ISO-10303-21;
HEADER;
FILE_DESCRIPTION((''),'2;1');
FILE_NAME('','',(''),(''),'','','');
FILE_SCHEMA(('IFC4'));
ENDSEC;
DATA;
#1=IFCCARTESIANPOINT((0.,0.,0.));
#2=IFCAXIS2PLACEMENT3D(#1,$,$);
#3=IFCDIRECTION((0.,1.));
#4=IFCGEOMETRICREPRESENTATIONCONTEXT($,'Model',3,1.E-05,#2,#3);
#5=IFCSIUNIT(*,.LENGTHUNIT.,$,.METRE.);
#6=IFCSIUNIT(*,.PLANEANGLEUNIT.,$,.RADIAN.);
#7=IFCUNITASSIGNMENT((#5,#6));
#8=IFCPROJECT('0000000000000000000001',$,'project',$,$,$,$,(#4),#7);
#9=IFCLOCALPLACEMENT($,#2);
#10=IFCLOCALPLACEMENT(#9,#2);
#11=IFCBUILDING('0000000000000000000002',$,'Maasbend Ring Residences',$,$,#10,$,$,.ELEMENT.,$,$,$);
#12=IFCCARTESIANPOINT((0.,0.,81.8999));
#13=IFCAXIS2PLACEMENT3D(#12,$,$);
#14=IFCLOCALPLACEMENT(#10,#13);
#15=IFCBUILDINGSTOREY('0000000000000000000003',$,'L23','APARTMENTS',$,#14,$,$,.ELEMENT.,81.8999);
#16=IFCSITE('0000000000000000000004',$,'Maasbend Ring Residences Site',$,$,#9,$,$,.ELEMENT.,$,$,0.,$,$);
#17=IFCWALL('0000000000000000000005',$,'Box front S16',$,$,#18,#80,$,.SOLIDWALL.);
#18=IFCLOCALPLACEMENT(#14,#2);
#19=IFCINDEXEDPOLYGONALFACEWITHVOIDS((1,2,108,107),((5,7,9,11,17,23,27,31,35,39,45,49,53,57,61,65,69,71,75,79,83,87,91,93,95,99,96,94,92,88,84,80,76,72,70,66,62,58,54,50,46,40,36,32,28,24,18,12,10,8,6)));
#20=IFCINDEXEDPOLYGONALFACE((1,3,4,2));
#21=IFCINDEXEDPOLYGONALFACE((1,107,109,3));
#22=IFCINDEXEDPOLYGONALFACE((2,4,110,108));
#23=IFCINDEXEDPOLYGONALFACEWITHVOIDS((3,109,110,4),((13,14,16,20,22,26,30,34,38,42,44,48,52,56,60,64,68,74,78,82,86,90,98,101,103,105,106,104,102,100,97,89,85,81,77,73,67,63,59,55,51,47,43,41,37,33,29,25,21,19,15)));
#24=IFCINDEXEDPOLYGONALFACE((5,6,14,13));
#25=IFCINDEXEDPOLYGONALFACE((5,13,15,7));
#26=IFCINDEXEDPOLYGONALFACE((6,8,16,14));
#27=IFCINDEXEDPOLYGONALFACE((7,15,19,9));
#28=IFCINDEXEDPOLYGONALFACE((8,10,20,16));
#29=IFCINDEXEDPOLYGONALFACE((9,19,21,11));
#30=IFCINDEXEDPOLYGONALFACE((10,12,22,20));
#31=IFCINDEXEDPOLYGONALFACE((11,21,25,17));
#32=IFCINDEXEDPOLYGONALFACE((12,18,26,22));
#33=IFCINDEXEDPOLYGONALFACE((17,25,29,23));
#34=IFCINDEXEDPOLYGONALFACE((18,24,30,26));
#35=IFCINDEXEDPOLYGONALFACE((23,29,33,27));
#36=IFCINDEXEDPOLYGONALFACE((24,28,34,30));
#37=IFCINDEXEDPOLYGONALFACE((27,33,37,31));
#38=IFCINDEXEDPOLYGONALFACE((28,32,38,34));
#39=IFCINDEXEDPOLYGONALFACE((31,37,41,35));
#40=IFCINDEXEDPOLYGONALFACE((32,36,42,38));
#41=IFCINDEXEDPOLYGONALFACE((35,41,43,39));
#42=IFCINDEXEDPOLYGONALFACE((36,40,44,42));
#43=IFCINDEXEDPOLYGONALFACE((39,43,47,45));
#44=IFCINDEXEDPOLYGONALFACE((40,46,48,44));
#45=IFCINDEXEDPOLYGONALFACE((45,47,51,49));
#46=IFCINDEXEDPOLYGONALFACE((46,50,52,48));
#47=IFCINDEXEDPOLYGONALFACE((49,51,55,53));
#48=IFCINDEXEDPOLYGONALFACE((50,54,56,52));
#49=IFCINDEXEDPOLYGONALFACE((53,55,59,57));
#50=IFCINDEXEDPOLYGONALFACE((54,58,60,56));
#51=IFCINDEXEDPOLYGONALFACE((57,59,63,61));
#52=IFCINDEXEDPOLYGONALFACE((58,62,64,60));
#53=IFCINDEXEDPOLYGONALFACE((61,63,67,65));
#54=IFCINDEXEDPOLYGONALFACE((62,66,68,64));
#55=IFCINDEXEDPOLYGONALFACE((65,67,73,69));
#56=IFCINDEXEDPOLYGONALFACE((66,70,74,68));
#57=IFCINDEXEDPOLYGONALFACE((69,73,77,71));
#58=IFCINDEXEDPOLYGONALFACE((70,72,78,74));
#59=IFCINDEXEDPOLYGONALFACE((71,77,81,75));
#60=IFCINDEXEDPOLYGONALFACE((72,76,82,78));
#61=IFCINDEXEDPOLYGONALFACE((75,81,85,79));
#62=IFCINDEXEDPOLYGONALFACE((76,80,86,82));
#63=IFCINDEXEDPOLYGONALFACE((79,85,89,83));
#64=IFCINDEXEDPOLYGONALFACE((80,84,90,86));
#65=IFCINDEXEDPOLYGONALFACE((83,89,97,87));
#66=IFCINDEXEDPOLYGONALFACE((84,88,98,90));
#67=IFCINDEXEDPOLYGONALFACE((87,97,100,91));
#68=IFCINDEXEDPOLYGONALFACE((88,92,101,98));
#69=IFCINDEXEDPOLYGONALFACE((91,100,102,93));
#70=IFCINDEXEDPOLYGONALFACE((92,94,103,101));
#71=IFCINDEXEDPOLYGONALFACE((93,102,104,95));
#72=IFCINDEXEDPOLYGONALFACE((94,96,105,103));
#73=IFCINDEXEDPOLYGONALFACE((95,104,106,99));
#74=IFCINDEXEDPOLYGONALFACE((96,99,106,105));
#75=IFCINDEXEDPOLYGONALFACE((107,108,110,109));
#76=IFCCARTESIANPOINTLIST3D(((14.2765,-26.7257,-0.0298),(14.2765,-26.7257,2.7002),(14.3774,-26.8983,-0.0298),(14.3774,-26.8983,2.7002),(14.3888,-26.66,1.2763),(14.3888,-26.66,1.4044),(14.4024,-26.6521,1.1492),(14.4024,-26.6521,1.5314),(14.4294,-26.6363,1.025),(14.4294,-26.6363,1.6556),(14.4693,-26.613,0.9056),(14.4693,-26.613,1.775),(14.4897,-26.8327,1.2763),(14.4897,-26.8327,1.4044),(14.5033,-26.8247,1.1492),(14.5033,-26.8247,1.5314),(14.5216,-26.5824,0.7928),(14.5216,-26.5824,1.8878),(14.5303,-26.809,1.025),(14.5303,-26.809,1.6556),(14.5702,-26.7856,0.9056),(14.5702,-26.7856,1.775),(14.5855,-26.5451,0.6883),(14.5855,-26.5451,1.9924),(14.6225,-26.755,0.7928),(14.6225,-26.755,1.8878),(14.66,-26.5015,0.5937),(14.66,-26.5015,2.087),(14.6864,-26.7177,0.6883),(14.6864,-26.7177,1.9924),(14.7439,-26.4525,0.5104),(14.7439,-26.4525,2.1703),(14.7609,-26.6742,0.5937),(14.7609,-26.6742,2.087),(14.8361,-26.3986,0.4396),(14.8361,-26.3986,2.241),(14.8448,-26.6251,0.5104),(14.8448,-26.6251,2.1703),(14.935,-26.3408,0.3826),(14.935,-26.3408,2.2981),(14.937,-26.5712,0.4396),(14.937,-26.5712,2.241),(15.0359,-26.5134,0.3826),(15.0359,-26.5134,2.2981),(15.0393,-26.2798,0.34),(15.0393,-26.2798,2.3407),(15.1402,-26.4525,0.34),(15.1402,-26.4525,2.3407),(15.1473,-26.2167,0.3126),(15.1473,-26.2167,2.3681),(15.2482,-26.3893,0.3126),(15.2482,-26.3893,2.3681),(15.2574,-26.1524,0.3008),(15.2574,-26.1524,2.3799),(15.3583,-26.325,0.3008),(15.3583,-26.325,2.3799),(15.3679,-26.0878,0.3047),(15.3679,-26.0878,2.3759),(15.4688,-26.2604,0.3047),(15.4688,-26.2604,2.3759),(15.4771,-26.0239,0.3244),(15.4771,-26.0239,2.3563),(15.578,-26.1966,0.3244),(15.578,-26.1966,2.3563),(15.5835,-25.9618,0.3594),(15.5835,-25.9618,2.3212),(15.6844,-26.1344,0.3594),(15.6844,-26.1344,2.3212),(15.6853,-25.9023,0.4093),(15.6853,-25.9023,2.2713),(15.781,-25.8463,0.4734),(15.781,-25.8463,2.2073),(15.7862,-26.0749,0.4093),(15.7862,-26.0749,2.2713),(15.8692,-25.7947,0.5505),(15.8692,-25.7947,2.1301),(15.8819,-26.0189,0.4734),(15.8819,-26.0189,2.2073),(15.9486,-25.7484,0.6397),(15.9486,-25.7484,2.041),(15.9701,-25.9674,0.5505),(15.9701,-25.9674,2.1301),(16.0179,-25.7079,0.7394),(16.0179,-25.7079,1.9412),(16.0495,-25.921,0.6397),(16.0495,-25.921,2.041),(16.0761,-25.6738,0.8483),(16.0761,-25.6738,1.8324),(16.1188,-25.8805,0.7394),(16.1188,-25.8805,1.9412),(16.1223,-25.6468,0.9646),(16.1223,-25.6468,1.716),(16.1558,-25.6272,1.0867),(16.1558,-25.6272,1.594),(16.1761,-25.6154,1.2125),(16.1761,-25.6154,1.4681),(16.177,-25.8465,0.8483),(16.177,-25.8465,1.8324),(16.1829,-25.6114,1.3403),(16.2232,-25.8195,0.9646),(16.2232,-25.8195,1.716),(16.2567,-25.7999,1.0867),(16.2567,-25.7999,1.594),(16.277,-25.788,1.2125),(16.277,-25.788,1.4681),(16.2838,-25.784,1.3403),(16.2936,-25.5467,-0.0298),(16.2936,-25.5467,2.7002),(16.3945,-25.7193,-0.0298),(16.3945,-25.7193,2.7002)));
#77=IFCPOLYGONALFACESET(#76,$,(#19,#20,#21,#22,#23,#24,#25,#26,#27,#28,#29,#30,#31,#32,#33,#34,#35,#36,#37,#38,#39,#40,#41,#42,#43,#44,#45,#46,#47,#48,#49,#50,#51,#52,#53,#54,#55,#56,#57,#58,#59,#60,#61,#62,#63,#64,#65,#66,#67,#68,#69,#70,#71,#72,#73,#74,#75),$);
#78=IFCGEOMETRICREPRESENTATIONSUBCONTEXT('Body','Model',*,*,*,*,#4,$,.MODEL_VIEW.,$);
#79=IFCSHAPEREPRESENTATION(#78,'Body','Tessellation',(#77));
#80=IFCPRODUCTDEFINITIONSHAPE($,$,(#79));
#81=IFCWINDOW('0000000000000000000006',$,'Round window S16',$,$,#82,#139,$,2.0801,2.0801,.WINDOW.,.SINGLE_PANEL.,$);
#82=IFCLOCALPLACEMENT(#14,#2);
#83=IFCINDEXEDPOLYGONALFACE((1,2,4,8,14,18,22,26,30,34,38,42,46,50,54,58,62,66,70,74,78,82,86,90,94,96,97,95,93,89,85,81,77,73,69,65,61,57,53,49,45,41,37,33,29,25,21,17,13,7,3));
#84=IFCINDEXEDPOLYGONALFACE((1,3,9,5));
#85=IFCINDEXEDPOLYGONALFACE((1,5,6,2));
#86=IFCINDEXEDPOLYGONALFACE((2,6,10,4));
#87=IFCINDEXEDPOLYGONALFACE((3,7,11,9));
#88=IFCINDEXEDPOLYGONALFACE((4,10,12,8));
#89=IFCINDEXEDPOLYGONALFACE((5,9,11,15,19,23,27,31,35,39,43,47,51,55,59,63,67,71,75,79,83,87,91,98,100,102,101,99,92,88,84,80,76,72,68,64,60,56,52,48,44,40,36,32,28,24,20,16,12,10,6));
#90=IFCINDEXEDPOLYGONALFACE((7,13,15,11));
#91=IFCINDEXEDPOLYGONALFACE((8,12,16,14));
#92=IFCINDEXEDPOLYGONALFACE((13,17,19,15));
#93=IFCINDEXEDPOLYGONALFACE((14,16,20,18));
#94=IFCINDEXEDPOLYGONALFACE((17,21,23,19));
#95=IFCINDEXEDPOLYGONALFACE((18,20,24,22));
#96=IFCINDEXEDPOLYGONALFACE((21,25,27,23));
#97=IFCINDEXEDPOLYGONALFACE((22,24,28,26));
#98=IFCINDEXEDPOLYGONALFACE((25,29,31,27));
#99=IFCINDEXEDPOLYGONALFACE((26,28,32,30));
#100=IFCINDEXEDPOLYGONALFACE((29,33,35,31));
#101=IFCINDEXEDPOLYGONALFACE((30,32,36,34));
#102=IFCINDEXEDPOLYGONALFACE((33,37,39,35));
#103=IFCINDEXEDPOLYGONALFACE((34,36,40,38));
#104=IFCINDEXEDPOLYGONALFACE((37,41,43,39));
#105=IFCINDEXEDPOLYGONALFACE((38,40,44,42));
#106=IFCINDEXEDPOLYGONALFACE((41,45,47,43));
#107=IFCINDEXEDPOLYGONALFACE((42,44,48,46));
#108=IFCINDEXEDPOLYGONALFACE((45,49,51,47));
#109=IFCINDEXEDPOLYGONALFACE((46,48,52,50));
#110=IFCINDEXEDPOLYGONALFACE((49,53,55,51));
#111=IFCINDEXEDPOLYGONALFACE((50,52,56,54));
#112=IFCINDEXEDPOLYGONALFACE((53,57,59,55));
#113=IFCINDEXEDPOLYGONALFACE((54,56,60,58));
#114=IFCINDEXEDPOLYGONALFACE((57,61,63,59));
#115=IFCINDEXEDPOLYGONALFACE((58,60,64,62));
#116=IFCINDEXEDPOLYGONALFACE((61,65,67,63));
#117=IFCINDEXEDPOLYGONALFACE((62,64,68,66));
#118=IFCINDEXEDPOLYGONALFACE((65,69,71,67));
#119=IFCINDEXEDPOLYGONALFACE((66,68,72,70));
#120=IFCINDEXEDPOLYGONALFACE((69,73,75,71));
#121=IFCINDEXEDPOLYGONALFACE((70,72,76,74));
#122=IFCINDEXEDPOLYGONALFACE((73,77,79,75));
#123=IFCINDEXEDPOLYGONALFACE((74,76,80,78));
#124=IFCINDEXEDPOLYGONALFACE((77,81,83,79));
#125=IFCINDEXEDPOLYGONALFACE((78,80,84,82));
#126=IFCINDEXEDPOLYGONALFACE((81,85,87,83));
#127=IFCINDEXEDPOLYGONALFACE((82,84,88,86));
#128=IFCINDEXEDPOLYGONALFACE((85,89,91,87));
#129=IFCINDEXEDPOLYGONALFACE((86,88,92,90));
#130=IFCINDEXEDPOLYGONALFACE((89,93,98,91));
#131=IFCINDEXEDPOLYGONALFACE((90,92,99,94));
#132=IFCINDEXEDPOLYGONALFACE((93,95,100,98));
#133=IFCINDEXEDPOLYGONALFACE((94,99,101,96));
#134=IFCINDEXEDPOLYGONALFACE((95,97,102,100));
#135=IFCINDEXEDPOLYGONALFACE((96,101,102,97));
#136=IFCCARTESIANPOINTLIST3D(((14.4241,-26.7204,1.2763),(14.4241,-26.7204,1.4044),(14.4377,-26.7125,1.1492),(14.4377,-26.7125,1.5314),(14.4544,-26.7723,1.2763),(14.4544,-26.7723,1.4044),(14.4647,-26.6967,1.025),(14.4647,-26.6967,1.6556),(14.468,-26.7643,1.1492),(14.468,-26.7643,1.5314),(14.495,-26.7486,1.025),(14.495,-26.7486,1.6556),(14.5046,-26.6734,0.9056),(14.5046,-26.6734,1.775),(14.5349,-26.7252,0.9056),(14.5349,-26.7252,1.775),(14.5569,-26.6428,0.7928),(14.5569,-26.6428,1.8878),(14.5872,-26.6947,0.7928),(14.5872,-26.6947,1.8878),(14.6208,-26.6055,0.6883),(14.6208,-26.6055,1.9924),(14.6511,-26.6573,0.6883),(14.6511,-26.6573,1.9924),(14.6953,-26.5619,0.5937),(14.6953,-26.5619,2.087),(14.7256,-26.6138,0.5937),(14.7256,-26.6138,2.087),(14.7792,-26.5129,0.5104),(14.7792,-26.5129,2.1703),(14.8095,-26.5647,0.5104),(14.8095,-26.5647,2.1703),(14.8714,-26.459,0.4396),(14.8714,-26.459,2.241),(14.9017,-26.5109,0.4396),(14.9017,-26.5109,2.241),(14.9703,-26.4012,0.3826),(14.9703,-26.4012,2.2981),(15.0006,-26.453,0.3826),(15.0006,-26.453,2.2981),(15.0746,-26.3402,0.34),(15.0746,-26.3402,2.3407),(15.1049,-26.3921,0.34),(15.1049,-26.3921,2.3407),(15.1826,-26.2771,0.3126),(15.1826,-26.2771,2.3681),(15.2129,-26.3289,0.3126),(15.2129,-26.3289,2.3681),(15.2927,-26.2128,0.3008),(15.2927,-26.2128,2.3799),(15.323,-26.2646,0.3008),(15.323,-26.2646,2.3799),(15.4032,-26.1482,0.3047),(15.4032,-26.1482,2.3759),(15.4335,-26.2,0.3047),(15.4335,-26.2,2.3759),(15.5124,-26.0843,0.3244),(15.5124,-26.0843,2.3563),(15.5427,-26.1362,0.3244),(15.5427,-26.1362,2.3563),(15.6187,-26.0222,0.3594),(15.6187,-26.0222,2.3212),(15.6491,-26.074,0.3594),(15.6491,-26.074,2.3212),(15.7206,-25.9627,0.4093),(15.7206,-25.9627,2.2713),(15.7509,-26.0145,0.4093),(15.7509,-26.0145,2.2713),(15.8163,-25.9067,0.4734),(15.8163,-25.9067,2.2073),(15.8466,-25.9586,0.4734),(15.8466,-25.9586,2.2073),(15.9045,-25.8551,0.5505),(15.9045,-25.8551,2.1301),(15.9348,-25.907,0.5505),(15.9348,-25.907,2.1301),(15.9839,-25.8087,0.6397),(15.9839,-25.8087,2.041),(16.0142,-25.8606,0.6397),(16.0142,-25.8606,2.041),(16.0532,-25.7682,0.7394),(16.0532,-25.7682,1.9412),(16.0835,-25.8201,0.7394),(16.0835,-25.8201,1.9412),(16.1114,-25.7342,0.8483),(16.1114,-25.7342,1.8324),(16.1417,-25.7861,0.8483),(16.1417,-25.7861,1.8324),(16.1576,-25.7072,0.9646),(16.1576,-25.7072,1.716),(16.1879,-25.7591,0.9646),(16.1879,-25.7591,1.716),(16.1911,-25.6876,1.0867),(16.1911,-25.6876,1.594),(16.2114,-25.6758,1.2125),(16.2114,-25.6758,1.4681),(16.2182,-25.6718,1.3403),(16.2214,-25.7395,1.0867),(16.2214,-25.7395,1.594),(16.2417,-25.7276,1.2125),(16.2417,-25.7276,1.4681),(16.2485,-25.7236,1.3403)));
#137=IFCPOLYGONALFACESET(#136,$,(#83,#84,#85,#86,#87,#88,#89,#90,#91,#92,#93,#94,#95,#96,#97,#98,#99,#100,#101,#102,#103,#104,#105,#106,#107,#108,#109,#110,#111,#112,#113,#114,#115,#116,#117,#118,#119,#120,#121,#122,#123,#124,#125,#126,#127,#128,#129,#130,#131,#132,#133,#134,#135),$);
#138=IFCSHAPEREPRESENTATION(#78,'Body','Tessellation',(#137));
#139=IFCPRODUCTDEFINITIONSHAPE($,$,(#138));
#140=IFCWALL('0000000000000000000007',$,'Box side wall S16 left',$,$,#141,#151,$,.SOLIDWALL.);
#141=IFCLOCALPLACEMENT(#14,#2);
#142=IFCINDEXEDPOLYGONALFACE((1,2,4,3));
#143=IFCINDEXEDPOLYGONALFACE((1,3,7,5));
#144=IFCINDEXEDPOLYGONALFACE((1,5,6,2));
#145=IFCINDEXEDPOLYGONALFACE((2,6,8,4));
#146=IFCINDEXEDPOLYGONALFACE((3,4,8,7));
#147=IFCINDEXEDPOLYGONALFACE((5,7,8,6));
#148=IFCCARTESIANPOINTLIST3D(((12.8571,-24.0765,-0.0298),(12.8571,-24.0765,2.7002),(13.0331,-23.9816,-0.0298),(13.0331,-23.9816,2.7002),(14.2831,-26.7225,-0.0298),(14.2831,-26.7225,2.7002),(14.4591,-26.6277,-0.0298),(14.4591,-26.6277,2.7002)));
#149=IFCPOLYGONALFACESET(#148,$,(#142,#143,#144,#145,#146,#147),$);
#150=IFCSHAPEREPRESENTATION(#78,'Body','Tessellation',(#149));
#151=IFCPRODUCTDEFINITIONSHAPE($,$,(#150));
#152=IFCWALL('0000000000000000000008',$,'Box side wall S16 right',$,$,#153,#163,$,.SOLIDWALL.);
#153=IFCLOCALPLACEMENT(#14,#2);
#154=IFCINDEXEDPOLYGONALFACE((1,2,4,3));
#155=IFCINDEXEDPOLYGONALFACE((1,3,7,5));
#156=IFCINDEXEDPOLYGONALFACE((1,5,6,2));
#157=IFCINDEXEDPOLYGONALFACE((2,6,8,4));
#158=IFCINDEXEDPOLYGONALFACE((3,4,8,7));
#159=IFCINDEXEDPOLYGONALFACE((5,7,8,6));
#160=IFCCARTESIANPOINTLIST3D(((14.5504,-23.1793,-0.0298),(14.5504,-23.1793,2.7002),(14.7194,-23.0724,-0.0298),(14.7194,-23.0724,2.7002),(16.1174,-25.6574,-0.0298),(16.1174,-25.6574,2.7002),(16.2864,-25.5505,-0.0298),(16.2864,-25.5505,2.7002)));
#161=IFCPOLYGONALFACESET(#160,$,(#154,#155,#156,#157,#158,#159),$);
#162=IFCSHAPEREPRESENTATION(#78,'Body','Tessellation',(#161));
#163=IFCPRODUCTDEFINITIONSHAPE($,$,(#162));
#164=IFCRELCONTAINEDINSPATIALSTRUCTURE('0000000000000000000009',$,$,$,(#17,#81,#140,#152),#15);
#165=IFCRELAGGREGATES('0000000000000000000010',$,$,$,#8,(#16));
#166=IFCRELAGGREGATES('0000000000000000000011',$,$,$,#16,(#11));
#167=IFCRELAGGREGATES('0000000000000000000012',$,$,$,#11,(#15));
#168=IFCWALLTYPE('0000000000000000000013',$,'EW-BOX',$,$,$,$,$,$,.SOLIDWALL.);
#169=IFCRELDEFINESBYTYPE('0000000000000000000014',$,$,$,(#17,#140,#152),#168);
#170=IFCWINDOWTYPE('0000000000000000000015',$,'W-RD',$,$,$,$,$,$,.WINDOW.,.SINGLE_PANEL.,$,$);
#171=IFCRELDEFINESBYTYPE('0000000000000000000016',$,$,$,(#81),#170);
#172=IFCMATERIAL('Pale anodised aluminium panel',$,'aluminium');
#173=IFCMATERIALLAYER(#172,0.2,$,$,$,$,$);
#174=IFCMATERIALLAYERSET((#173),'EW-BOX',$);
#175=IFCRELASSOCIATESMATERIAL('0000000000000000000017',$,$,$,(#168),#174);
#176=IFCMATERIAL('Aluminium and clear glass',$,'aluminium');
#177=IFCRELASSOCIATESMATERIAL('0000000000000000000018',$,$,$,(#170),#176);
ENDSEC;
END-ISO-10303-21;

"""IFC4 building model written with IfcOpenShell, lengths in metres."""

from ifc_helpers import new_model, si_unit, direction, frame, frame_2d, origin, place, context, subcontext, project, spatial, rectangle, circle, extrude, material, layer, layer_set, type_object, element, fill, save


model = new_model("IFC4")

# Units and contexts
model_context = context("Model", 3, precision=1e-05, world=origin(), true_north=direction((0.0, 1.0)))
body_context = subcontext(model_context, "Body", "Model", "MODEL_VIEW")
ifc_project = project(units=[si_unit("LENGTHUNIT", "METRE"), si_unit("PLANEANGLEUNIT", "RADIAN")], contexts=[model_context])

# Site, building, storey
site_placement = place(None, origin())
site = spatial("IfcSite", under=ifc_project, at=site_placement, Name="Maasbend Ring Residences Site", CompositionType="ELEMENT", RefElevation=0.0)
building_placement = place(site_placement, origin())
building = spatial("IfcBuilding", under=site, at=building_placement, Name="Maasbend Ring Residences", CompositionType="ELEMENT")
storey_placement = place(building_placement, frame((0.0, 0.0, 81.8999)))
storey = spatial("IfcBuildingStorey", under=building, at=storey_placement, Name="L23", Description="APARTMENTS", CompositionType="ELEMENT", Elevation=81.8999)

# Wall, opening, window
ifc_material_1 = material(Name="Pale anodised aluminium panel", Category="aluminium")
ifc_layer_1 = layer(ifc_material_1, 0.2)
ifc_layer_set_1 = layer_set([ifc_layer_1], Name="EW-BOX")
wall_type_1 = type_object("IfcWallType", Name="EW-BOX", PredefinedType="SOLIDWALL", material=ifc_layer_set_1)
wall_1_placement = place(storey_placement, frame((14.3269, -26.812, -0.0298), z_axis=(0.0, 0.0, 1.0), x_axis=(0.863347, 0.504612, 0.0)))
wall_1 = element("IfcWall", 1, at=wall_1_placement, inside=storey, type_object=wall_type_1, Name="Box front S16", PredefinedType="SOLIDWALL", context=body_context, shape_type="SweptSolid", body=[
    extrude(rectangle(XDim=2.3364, YDim=0.2, at=frame_2d((1.1682, 0.0))), origin(), (0.0, 0.0, 1.0), 2.73),
])
opening_1_placement = place(wall_1_placement, frame((0.1282, 0.0, 0.3301)))
opening_1 = element("IfcOpeningElement", 2, at=opening_1_placement, cuts=wall_1, PredefinedType="OPENING", context=body_context, shape_type="SweptSolid", body=[
    extrude(circle(Radius=1.04, at=frame_2d((1.04, 1.04))), frame((0.0, 0.1099, 0.0), z_axis=(0.0, -1.0, 0.0), x_axis=(1.0, 0.0, 0.0)), (0.0, 0.0, 1.0), 0.22),
])
ifc_material_2 = material(Name="Aluminium and clear glass", Category="aluminium")
window_type_1 = type_object("IfcWindowType", Name="W-RD", PartitioningType="SINGLE_PANEL", PredefinedType="WINDOW", material=ifc_material_2)
window_1_placement = place(opening_1_placement, origin())
window_1 = element("IfcWindow", 3, at=window_1_placement, inside=storey, type_object=window_type_1, Name="Round window S16", OverallHeight=2.0801, OverallWidth=2.0801, PartitioningType="SINGLE_PANEL", PredefinedType="WINDOW", context=body_context, shape_type="SweptSolid", body=[
    extrude(circle(Radius=1.04, at=frame_2d((1.04, 1.04))), frame((0.0, 0.03, 0.0), z_axis=(0.0, -1.0, 0.0), x_axis=(1.0, 0.0, 0.0)), (0.0, 0.0, 1.0), 0.0601),
])
fill(opening_1, window_1)

# Walls
wall_2_placement = place(storey_placement, frame((12.9451, -24.0291, -0.0298), z_axis=(0.0, 0.0, 1.0), x_axis=(0.474424, -0.880296, 0.0)))
element("IfcWall", 4, at=wall_2_placement, inside=storey, type_object=wall_type_1, Name="Box side wall S16 left", PredefinedType="SOLIDWALL", context=body_context, shape_type="SweptSolid", body=[
    extrude(rectangle(XDim=3.0059, YDim=0.2, at=frame_2d((1.5029, 0.0))), origin(), (0.0, 0.0, 1.0), 2.73),
])
wall_3_placement = place(storey_placement, frame((14.635, -23.126, -0.0298), z_axis=(0.0, 0.0, 1.0), x_axis=(0.534438, -0.845208, 0.0)))
element("IfcWall", 5, at=wall_3_placement, inside=storey, type_object=wall_type_1, Name="Box side wall S16 right", PredefinedType="SOLIDWALL", context=body_context, shape_type="SweptSolid", body=[
    extrude(rectangle(XDim=2.9319, YDim=0.2, at=frame_2d((1.4658, 0.0))), origin(), (0.0, 0.0, 1.0), 2.73),
])

save(model, "model.ifc")
